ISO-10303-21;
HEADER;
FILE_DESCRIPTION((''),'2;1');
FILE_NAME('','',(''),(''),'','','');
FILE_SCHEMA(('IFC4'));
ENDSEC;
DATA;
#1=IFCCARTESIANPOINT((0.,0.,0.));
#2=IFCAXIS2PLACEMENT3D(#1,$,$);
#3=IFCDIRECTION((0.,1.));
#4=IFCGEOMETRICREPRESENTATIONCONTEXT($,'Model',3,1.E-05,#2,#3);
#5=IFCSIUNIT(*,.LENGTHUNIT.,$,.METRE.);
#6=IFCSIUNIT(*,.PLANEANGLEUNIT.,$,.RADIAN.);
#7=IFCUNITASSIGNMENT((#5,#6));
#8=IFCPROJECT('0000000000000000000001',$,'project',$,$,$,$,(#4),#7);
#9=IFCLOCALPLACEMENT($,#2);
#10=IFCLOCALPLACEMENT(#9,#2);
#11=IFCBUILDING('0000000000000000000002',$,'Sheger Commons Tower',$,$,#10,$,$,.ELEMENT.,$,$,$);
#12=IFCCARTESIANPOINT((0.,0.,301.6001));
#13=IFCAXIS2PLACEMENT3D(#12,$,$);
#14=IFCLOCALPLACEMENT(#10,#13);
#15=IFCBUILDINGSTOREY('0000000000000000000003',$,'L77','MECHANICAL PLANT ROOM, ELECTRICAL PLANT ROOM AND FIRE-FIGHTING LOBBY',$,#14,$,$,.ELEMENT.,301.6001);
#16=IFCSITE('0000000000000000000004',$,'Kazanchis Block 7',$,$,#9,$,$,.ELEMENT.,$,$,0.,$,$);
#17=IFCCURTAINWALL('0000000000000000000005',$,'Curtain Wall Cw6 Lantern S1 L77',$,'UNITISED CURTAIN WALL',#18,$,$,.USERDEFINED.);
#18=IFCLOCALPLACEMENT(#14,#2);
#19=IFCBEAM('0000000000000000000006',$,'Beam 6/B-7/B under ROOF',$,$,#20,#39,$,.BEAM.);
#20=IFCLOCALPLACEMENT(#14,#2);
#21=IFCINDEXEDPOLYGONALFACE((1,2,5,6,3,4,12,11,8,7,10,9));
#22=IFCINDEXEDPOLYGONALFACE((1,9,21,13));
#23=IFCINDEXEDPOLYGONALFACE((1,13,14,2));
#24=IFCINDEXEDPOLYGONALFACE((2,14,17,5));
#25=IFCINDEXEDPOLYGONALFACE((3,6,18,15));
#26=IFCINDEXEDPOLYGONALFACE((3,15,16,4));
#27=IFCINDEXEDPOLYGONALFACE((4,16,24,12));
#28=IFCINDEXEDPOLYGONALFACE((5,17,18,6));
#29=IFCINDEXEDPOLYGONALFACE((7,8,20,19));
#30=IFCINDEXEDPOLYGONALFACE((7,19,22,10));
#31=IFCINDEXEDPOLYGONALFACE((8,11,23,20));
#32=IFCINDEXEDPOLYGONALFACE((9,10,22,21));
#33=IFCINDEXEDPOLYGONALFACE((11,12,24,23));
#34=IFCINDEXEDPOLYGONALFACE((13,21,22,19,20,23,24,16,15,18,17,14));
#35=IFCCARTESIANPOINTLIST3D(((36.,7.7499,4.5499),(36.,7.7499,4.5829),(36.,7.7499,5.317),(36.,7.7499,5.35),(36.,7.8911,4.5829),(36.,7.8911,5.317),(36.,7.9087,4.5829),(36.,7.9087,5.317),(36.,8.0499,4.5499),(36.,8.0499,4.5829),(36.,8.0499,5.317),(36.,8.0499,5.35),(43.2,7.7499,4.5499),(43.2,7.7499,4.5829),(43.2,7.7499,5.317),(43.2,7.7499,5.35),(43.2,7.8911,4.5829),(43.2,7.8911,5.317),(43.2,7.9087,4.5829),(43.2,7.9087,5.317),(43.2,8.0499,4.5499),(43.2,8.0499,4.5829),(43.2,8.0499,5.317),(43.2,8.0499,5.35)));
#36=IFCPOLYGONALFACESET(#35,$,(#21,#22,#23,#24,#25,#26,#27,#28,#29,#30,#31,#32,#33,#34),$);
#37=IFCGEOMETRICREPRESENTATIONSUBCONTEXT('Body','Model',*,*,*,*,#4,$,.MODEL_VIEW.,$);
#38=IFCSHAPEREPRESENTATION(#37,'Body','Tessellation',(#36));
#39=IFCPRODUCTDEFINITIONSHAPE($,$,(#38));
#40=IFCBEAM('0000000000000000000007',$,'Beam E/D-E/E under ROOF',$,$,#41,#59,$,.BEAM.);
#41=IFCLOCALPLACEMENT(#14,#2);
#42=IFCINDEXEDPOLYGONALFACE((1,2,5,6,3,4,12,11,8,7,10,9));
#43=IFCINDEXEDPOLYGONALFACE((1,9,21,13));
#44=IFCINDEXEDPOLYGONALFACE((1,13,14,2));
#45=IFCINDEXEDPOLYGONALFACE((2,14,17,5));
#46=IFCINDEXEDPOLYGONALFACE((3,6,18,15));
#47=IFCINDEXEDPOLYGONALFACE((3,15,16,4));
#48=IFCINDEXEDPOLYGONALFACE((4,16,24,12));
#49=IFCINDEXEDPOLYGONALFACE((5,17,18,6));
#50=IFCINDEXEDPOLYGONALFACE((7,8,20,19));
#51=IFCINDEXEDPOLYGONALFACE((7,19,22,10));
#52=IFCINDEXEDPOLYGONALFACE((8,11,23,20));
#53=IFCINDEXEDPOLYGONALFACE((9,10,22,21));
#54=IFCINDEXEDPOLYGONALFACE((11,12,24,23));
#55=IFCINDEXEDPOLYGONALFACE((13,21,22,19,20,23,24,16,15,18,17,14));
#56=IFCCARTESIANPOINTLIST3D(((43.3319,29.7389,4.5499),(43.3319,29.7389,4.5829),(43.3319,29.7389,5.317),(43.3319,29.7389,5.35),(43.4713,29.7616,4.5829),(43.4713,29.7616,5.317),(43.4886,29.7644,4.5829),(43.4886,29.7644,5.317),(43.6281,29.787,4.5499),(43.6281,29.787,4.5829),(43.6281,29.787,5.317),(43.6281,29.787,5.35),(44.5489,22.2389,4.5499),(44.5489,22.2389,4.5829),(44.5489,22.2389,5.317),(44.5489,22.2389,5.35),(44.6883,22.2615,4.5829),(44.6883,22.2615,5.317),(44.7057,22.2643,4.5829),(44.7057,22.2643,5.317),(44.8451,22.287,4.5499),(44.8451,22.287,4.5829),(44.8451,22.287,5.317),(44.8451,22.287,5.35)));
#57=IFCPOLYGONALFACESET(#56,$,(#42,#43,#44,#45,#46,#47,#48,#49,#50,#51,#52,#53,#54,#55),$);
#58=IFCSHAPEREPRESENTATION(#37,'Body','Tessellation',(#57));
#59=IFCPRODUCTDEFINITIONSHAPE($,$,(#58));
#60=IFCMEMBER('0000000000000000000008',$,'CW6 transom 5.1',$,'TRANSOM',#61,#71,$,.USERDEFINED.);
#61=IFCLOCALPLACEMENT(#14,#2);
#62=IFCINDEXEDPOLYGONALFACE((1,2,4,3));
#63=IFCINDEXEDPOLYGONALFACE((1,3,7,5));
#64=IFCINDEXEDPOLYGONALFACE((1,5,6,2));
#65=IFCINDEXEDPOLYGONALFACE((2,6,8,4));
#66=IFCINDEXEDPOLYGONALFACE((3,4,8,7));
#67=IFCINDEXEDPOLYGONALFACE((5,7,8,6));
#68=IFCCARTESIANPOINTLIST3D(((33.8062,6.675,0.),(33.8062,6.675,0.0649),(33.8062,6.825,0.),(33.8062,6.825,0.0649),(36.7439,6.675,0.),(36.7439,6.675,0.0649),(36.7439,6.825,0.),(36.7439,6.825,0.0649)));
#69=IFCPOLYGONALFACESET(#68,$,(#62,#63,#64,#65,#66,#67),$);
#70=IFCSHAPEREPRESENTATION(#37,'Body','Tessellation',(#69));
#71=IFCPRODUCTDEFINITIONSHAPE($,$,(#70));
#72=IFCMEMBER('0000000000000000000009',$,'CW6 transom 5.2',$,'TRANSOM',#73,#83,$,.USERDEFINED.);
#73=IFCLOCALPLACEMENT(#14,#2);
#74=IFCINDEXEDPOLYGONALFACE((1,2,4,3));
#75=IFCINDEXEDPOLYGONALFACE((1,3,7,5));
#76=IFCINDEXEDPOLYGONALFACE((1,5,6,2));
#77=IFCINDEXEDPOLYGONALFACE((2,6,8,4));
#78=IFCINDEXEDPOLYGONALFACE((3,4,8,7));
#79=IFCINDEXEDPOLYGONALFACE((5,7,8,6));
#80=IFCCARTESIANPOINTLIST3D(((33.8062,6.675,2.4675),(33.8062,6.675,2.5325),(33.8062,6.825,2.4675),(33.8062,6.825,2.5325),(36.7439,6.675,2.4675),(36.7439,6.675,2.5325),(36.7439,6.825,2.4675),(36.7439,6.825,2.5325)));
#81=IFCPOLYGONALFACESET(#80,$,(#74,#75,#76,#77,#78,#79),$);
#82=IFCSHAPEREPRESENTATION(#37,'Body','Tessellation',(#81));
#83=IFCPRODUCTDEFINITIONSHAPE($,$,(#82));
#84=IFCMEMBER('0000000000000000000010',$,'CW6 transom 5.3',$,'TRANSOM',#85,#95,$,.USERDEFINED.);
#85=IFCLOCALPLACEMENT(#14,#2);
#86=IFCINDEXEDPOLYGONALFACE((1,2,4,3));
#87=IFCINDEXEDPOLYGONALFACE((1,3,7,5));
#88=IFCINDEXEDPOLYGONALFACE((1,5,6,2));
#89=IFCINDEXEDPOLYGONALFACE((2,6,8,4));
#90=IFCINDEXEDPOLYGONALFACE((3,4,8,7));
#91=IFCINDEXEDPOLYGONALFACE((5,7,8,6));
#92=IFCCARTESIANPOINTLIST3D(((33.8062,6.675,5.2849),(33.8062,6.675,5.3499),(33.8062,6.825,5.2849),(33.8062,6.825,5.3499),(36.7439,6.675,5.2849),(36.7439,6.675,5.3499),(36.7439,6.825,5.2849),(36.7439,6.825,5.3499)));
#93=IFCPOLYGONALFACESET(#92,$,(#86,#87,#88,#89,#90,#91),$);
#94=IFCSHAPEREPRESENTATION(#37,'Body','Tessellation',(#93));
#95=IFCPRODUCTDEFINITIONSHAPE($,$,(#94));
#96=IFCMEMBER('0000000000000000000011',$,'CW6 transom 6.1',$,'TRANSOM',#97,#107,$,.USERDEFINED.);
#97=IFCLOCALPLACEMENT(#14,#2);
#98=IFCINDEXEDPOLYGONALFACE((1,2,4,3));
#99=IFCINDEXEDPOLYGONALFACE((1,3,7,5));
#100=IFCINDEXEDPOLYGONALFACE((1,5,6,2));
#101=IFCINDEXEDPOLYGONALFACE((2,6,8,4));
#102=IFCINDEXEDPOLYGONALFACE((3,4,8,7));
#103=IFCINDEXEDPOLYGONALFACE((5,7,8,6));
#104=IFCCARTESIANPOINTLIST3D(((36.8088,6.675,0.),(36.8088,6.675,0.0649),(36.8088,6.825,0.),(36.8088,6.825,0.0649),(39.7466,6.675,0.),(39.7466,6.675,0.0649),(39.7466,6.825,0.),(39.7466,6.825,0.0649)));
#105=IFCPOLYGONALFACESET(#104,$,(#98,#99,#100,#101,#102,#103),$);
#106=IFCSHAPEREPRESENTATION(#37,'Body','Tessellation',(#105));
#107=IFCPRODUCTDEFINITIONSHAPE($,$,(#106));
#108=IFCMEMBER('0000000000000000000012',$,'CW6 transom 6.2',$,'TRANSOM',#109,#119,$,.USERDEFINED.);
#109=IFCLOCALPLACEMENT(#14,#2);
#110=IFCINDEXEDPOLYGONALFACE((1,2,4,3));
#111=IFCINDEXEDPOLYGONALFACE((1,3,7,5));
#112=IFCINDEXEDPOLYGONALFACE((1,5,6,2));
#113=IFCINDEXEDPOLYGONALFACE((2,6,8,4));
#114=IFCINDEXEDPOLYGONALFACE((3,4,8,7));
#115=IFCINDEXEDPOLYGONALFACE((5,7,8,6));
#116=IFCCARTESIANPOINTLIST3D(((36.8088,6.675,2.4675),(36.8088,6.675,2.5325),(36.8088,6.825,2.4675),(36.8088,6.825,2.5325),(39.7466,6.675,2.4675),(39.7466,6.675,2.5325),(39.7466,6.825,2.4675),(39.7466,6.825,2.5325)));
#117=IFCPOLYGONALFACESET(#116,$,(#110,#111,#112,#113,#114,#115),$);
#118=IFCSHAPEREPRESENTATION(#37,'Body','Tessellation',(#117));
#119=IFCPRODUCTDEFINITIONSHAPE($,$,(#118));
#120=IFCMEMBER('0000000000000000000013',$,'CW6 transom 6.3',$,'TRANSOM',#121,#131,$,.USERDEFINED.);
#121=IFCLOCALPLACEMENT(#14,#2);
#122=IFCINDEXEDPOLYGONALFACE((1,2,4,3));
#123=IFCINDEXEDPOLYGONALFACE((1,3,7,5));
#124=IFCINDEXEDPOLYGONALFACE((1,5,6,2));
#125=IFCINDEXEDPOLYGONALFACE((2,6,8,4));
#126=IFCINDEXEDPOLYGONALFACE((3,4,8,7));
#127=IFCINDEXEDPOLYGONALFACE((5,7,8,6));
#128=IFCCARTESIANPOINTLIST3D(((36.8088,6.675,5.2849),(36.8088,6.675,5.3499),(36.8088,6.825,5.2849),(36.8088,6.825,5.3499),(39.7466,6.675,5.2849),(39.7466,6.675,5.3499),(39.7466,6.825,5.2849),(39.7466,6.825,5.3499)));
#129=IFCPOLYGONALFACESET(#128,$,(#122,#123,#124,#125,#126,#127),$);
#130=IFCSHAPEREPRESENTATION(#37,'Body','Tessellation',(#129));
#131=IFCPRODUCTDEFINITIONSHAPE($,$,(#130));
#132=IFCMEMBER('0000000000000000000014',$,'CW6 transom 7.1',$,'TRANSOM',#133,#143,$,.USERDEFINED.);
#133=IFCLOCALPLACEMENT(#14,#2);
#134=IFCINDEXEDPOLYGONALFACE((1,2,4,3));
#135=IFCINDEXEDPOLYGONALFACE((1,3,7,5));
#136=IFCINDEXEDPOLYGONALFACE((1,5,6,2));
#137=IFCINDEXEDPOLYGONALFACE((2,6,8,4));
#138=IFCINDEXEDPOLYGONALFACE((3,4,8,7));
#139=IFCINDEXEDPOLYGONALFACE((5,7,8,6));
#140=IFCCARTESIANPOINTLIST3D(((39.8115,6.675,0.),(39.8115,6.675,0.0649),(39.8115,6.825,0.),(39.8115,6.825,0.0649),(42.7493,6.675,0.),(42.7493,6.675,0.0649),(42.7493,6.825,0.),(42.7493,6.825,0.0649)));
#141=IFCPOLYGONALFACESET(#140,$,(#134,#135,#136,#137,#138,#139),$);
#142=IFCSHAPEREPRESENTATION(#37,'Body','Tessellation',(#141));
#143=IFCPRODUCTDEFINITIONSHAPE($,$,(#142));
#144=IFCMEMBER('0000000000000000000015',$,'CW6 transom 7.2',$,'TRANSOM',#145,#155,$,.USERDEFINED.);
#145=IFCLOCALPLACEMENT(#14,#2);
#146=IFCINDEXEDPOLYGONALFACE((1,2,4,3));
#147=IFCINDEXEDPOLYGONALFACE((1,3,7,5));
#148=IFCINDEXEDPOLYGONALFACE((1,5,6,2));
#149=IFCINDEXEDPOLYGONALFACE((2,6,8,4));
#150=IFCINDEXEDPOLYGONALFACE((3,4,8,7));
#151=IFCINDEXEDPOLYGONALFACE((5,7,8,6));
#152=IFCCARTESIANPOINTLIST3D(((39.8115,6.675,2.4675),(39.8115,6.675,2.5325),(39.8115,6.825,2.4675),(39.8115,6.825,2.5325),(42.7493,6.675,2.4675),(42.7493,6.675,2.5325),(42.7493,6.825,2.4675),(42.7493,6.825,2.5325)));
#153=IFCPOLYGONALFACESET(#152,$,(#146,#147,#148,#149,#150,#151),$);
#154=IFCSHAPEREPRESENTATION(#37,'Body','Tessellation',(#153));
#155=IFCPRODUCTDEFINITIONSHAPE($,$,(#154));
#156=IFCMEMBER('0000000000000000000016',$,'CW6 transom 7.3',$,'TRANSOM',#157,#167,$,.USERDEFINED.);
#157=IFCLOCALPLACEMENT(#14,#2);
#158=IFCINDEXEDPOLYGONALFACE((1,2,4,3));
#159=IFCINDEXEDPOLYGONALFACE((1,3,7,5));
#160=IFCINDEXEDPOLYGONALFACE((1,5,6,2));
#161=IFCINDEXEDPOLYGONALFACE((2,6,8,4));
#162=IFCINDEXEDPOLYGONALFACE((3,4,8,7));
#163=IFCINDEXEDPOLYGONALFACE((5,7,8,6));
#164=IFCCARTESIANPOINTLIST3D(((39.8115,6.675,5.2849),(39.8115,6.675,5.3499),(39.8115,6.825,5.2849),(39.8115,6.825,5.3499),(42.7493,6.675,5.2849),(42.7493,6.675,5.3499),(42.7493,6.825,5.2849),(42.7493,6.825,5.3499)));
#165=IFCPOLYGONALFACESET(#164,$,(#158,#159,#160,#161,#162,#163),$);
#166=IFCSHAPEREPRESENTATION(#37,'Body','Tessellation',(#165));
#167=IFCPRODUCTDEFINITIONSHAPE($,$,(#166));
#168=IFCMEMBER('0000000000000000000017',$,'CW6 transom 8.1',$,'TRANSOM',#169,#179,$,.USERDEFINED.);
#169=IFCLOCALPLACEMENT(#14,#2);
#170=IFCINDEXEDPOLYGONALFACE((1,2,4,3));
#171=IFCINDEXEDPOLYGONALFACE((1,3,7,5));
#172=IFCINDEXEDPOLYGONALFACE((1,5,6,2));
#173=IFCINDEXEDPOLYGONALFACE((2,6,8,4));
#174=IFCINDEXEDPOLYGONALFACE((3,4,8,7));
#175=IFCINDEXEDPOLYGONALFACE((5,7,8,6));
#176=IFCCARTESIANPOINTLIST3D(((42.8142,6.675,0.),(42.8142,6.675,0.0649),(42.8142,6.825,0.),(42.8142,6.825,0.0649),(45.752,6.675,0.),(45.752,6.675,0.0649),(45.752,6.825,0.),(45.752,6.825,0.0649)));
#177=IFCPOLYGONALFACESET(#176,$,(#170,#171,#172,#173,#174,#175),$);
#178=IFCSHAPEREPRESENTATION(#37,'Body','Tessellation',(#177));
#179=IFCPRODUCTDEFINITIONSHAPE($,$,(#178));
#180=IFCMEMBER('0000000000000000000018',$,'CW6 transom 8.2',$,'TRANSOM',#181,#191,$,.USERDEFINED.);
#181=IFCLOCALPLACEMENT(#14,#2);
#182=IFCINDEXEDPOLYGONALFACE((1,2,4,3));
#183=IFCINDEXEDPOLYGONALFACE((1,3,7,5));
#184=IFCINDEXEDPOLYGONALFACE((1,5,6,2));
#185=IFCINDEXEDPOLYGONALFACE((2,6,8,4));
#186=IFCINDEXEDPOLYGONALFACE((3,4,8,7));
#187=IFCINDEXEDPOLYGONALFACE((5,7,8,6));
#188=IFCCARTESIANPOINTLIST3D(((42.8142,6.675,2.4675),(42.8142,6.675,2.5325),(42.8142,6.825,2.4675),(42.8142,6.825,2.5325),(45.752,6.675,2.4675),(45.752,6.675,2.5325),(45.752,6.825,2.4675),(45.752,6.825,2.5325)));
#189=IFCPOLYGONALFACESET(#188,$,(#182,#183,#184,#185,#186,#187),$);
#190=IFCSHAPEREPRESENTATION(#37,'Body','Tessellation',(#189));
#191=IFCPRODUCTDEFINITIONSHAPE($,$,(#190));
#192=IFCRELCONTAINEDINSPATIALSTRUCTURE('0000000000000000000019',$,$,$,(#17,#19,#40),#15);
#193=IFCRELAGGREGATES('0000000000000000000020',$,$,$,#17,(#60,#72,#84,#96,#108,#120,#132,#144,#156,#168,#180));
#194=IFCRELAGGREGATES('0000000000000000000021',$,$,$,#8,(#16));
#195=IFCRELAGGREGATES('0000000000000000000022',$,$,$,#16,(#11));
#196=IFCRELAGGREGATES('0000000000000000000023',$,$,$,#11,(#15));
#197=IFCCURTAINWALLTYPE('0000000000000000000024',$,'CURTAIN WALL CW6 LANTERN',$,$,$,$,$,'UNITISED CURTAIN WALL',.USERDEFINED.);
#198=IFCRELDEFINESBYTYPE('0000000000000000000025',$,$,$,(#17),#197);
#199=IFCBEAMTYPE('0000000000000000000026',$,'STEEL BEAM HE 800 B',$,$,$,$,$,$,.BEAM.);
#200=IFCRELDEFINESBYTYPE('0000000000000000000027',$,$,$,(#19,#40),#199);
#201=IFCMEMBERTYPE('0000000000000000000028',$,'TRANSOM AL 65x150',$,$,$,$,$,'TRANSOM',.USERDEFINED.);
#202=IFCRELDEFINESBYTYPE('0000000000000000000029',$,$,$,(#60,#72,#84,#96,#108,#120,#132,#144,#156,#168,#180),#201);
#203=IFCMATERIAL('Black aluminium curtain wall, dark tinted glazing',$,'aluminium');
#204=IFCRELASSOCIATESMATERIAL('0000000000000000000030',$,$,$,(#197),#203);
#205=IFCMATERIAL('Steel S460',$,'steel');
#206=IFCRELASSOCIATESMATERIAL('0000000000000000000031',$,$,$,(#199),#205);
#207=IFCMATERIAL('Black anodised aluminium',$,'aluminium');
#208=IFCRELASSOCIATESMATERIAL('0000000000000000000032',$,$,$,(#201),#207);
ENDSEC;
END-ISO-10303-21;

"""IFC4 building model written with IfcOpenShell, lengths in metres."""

from ifc_helpers import new_model, si_unit, direction, frame, origin, origin_2d, place, context, subcontext, project, spatial, rectangle, i_section, extrude, material, material_profile, profile_set, type_object, element, aggregate, save


model = new_model("IFC4")

# Units and contexts
model_context = context("Model", 3, precision=1e-05, world=origin(), true_north=direction((0.0, 1.0)))
body_context = subcontext(model_context, "Body", "Model", "MODEL_VIEW")
ifc_project = project(units=[si_unit("LENGTHUNIT", "METRE"), si_unit("PLANEANGLEUNIT", "RADIAN")], contexts=[model_context])

# Site, building, storey
site_placement = place(None, origin())
site = spatial("IfcSite", under=ifc_project, at=site_placement, Name="Kazanchis Block 7", CompositionType="ELEMENT", RefElevation=0.0)
building_placement = place(site_placement, origin())
building = spatial("IfcBuilding", under=site, at=building_placement, Name="Sheger Commons Tower", CompositionType="ELEMENT")
storey_placement = place(building_placement, frame((0.0, 0.0, 301.6001)))
storey = spatial("IfcBuildingStorey", under=building, at=storey_placement, Name="L77", Description="MECHANICAL PLANT ROOM, ELECTRICAL PLANT ROOM AND FIRE-FIGHTING LOBBY", CompositionType="ELEMENT", Elevation=301.6001)

# Curtain wall
ifc_material_1 = material(Name="Black aluminium curtain wall, dark tinted glazing", Category="aluminium")
curtain_wall_type = type_object("IfcCurtainWallType", Name="CURTAIN WALL CW6 LANTERN", ElementType="UNITISED CURTAIN WALL", PredefinedType="USERDEFINED", material=ifc_material_1)
curtain_wall_placement = place(storey_placement, origin())
curtain_wall = element("IfcCurtainWall", 1, at=curtain_wall_placement, inside=storey, type_object=curtain_wall_type, Name="Curtain Wall Cw6 Lantern S1 L77", ObjectType="UNITISED CURTAIN WALL", PredefinedType="USERDEFINED")

# Beams
ifc_material_2 = material(Name="Steel S460", Category="steel")
ifc_material_profile_1 = material_profile(ifc_material_2, i_section(OverallWidth=0.3, OverallDepth=0.8, WebThickness=0.0176, FlangeThickness=0.033, at=origin_2d()), Name="HE 800 B")
ifc_profile_set_1 = profile_set([ifc_material_profile_1], Name="Steel S460")
beam_type_1 = type_object("IfcBeamType", Name="STEEL BEAM HE 800 B", PredefinedType="BEAM", material=ifc_profile_set_1)
beam_1_placement = place(storey_placement, frame((36.0, 7.8999, 4.95), z_axis=(1.0, 0.0, 0.0), x_axis=(0.0, 1.0, 0.0)))
element("IfcBeam", 2, at=beam_1_placement, inside=storey, type_object=beam_type_1, Name="Beam 6/B-7/B under ROOF", PredefinedType="BEAM", context=body_context, shape_type="SweptSolid", body=[
    extrude(i_section(OverallWidth=0.3, OverallDepth=0.8, WebThickness=0.0176, FlangeThickness=0.033, at=origin_2d()), origin(), (0.0, 0.0, 1.0), 7.2),
])
beam_2_placement = place(storey_placement, frame((44.697, 22.2629, 4.95), z_axis=(-0.160177, 0.987088, 0.0), x_axis=(-0.987088, -0.160177, 0.0)))
element("IfcBeam", 3, at=beam_2_placement, inside=storey, type_object=beam_type_1, Name="Beam E/D-E/E under ROOF", PredefinedType="BEAM", context=body_context, shape_type="SweptSolid", body=[
    extrude(i_section(OverallWidth=0.3, OverallDepth=0.8, WebThickness=0.0176, FlangeThickness=0.033, at=origin_2d()), origin(), (0.0, 0.0, 1.0), 7.5981),
])

# Members
ifc_material_3 = material(Name="Black anodised aluminium", Category="aluminium")
ifc_material_profile_2 = material_profile(ifc_material_3, rectangle(XDim=0.1499, YDim=0.0649, at=origin_2d()), Name="AL 65x150")
ifc_profile_set_2 = profile_set([ifc_material_profile_2], Name="Black anodised aluminium")
member_type_1 = type_object("IfcMemberType", Name="TRANSOM AL 65x150", ElementType="TRANSOM", PredefinedType="USERDEFINED", material=ifc_profile_set_2)
member_1_placement = place(storey_placement, frame((33.8062, 6.75, 0.0325), z_axis=(1.0, 0.0, 0.0), x_axis=(0.0, 1.0, 0.0)))
member_1 = element("IfcMember", 4, at=member_1_placement, type_object=member_type_1, Name="CW6 transom 5.1", ObjectType="TRANSOM", PredefinedType="USERDEFINED", context=body_context, shape_type="SweptSolid", body=[
    extrude(rectangle(XDim=0.1499, YDim=0.0649, at=origin_2d()), origin(), (0.0, 0.0, 1.0), 2.9377),
])
member_2_placement = place(storey_placement, frame((33.8062, 6.75, 2.5), z_axis=(1.0, 0.0, 0.0), x_axis=(0.0, 1.0, 0.0)))
member_2 = element("IfcMember", 5, at=member_2_placement, type_object=member_type_1, Name="CW6 transom 5.2", ObjectType="TRANSOM", PredefinedType="USERDEFINED", context=body_context, shape_type="SweptSolid", body=[
    extrude(rectangle(XDim=0.1499, YDim=0.0649, at=origin_2d()), origin(), (0.0, 0.0, 1.0), 2.9377),
])
member_3_placement = place(storey_placement, frame((33.8062, 6.75, 5.3174), z_axis=(1.0, 0.0, 0.0), x_axis=(0.0, 1.0, 0.0)))
member_3 = element("IfcMember", 6, at=member_3_placement, type_object=member_type_1, Name="CW6 transom 5.3", ObjectType="TRANSOM", PredefinedType="USERDEFINED", context=body_context, shape_type="SweptSolid", body=[
    extrude(rectangle(XDim=0.1499, YDim=0.0649, at=origin_2d()), origin(), (0.0, 0.0, 1.0), 2.9377),
])
member_4_placement = place(storey_placement, frame((36.8088, 6.75, 0.0325), z_axis=(1.0, 0.0, 0.0), x_axis=(0.0, 1.0, 0.0)))
member_4 = element("IfcMember", 7, at=member_4_placement, type_object=member_type_1, Name="CW6 transom 6.1", ObjectType="TRANSOM", PredefinedType="USERDEFINED", context=body_context, shape_type="SweptSolid", body=[
    extrude(rectangle(XDim=0.1499, YDim=0.0649, at=origin_2d()), origin(), (0.0, 0.0, 1.0), 2.9377),
])
member_5_placement = place(storey_placement, frame((36.8088, 6.75, 2.5), z_axis=(1.0, 0.0, 0.0), x_axis=(0.0, 1.0, 0.0)))
member_5 = element("IfcMember", 8, at=member_5_placement, type_object=member_type_1, Name="CW6 transom 6.2", ObjectType="TRANSOM", PredefinedType="USERDEFINED", context=body_context, shape_type="SweptSolid", body=[
    extrude(rectangle(XDim=0.1499, YDim=0.0649, at=origin_2d()), origin(), (0.0, 0.0, 1.0), 2.9377),
])
member_6_placement = place(storey_placement, frame((36.8088, 6.75, 5.3174), z_axis=(1.0, 0.0, 0.0), x_axis=(0.0, 1.0, 0.0)))
member_6 = element("IfcMember", 9, at=member_6_placement, type_object=member_type_1, Name="CW6 transom 6.3", ObjectType="TRANSOM", PredefinedType="USERDEFINED", context=body_context, shape_type="SweptSolid", body=[
    extrude(rectangle(XDim=0.1499, YDim=0.0649, at=origin_2d()), origin(), (0.0, 0.0, 1.0), 2.9377),
])
member_7_placement = place(storey_placement, frame((39.8115, 6.75, 0.0325), z_axis=(1.0, 0.0, 0.0), x_axis=(0.0, 1.0, 0.0)))
member_7 = element("IfcMember", 10, at=member_7_placement, type_object=member_type_1, Name="CW6 transom 7.1", ObjectType="TRANSOM", PredefinedType="USERDEFINED", context=body_context, shape_type="SweptSolid", body=[
    extrude(rectangle(XDim=0.1499, YDim=0.0649, at=origin_2d()), origin(), (0.0, 0.0, 1.0), 2.9377),
])
member_8_placement = place(storey_placement, frame((39.8115, 6.75, 2.5), z_axis=(1.0, 0.0, 0.0), x_axis=(0.0, 1.0, 0.0)))
member_8 = element("IfcMember", 11, at=member_8_placement, type_object=member_type_1, Name="CW6 transom 7.2", ObjectType="TRANSOM", PredefinedType="USERDEFINED", context=body_context, shape_type="SweptSolid", body=[
    extrude(rectangle(XDim=0.1499, YDim=0.0649, at=origin_2d()), origin(), (0.0, 0.0, 1.0), 2.9377),
])
member_9_placement = place(storey_placement, frame((39.8115, 6.75, 5.3174), z_axis=(1.0, 0.0, 0.0), x_axis=(0.0, 1.0, 0.0)))
member_9 = element("IfcMember", 12, at=member_9_placement, type_object=member_type_1, Name="CW6 transom 7.3", ObjectType="TRANSOM", PredefinedType="USERDEFINED", context=body_context, shape_type="SweptSolid", body=[
    extrude(rectangle(XDim=0.1499, YDim=0.0649, at=origin_2d()), origin(), (0.0, 0.0, 1.0), 2.9377),
])
member_10_placement = place(storey_placement, frame((42.8142, 6.75, 0.0325), z_axis=(1.0, 0.0, 0.0), x_axis=(0.0, 1.0, 0.0)))
member_10 = element("IfcMember", 13, at=member_10_placement, type_object=member_type_1, Name="CW6 transom 8.1", ObjectType="TRANSOM", PredefinedType="USERDEFINED", context=body_context, shape_type="SweptSolid", body=[
    extrude(rectangle(XDim=0.1499, YDim=0.0649, at=origin_2d()), origin(), (0.0, 0.0, 1.0), 2.9377),
])
member_11_placement = place(storey_placement, frame((42.8142, 6.75, 2.5), z_axis=(1.0, 0.0, 0.0), x_axis=(0.0, 1.0, 0.0)))
member_11 = element("IfcMember", 14, at=member_11_placement, type_object=member_type_1, Name="CW6 transom 8.2", ObjectType="TRANSOM", PredefinedType="USERDEFINED", context=body_context, shape_type="SweptSolid", body=[
    extrude(rectangle(XDim=0.1499, YDim=0.0649, at=origin_2d()), origin(), (0.0, 0.0, 1.0), 2.9377),
])

aggregate(curtain_wall, [member_1, member_2, member_3, member_4, member_5, member_6, member_7, member_8, member_9, member_10, member_11])

save(model, "model.ifc")
